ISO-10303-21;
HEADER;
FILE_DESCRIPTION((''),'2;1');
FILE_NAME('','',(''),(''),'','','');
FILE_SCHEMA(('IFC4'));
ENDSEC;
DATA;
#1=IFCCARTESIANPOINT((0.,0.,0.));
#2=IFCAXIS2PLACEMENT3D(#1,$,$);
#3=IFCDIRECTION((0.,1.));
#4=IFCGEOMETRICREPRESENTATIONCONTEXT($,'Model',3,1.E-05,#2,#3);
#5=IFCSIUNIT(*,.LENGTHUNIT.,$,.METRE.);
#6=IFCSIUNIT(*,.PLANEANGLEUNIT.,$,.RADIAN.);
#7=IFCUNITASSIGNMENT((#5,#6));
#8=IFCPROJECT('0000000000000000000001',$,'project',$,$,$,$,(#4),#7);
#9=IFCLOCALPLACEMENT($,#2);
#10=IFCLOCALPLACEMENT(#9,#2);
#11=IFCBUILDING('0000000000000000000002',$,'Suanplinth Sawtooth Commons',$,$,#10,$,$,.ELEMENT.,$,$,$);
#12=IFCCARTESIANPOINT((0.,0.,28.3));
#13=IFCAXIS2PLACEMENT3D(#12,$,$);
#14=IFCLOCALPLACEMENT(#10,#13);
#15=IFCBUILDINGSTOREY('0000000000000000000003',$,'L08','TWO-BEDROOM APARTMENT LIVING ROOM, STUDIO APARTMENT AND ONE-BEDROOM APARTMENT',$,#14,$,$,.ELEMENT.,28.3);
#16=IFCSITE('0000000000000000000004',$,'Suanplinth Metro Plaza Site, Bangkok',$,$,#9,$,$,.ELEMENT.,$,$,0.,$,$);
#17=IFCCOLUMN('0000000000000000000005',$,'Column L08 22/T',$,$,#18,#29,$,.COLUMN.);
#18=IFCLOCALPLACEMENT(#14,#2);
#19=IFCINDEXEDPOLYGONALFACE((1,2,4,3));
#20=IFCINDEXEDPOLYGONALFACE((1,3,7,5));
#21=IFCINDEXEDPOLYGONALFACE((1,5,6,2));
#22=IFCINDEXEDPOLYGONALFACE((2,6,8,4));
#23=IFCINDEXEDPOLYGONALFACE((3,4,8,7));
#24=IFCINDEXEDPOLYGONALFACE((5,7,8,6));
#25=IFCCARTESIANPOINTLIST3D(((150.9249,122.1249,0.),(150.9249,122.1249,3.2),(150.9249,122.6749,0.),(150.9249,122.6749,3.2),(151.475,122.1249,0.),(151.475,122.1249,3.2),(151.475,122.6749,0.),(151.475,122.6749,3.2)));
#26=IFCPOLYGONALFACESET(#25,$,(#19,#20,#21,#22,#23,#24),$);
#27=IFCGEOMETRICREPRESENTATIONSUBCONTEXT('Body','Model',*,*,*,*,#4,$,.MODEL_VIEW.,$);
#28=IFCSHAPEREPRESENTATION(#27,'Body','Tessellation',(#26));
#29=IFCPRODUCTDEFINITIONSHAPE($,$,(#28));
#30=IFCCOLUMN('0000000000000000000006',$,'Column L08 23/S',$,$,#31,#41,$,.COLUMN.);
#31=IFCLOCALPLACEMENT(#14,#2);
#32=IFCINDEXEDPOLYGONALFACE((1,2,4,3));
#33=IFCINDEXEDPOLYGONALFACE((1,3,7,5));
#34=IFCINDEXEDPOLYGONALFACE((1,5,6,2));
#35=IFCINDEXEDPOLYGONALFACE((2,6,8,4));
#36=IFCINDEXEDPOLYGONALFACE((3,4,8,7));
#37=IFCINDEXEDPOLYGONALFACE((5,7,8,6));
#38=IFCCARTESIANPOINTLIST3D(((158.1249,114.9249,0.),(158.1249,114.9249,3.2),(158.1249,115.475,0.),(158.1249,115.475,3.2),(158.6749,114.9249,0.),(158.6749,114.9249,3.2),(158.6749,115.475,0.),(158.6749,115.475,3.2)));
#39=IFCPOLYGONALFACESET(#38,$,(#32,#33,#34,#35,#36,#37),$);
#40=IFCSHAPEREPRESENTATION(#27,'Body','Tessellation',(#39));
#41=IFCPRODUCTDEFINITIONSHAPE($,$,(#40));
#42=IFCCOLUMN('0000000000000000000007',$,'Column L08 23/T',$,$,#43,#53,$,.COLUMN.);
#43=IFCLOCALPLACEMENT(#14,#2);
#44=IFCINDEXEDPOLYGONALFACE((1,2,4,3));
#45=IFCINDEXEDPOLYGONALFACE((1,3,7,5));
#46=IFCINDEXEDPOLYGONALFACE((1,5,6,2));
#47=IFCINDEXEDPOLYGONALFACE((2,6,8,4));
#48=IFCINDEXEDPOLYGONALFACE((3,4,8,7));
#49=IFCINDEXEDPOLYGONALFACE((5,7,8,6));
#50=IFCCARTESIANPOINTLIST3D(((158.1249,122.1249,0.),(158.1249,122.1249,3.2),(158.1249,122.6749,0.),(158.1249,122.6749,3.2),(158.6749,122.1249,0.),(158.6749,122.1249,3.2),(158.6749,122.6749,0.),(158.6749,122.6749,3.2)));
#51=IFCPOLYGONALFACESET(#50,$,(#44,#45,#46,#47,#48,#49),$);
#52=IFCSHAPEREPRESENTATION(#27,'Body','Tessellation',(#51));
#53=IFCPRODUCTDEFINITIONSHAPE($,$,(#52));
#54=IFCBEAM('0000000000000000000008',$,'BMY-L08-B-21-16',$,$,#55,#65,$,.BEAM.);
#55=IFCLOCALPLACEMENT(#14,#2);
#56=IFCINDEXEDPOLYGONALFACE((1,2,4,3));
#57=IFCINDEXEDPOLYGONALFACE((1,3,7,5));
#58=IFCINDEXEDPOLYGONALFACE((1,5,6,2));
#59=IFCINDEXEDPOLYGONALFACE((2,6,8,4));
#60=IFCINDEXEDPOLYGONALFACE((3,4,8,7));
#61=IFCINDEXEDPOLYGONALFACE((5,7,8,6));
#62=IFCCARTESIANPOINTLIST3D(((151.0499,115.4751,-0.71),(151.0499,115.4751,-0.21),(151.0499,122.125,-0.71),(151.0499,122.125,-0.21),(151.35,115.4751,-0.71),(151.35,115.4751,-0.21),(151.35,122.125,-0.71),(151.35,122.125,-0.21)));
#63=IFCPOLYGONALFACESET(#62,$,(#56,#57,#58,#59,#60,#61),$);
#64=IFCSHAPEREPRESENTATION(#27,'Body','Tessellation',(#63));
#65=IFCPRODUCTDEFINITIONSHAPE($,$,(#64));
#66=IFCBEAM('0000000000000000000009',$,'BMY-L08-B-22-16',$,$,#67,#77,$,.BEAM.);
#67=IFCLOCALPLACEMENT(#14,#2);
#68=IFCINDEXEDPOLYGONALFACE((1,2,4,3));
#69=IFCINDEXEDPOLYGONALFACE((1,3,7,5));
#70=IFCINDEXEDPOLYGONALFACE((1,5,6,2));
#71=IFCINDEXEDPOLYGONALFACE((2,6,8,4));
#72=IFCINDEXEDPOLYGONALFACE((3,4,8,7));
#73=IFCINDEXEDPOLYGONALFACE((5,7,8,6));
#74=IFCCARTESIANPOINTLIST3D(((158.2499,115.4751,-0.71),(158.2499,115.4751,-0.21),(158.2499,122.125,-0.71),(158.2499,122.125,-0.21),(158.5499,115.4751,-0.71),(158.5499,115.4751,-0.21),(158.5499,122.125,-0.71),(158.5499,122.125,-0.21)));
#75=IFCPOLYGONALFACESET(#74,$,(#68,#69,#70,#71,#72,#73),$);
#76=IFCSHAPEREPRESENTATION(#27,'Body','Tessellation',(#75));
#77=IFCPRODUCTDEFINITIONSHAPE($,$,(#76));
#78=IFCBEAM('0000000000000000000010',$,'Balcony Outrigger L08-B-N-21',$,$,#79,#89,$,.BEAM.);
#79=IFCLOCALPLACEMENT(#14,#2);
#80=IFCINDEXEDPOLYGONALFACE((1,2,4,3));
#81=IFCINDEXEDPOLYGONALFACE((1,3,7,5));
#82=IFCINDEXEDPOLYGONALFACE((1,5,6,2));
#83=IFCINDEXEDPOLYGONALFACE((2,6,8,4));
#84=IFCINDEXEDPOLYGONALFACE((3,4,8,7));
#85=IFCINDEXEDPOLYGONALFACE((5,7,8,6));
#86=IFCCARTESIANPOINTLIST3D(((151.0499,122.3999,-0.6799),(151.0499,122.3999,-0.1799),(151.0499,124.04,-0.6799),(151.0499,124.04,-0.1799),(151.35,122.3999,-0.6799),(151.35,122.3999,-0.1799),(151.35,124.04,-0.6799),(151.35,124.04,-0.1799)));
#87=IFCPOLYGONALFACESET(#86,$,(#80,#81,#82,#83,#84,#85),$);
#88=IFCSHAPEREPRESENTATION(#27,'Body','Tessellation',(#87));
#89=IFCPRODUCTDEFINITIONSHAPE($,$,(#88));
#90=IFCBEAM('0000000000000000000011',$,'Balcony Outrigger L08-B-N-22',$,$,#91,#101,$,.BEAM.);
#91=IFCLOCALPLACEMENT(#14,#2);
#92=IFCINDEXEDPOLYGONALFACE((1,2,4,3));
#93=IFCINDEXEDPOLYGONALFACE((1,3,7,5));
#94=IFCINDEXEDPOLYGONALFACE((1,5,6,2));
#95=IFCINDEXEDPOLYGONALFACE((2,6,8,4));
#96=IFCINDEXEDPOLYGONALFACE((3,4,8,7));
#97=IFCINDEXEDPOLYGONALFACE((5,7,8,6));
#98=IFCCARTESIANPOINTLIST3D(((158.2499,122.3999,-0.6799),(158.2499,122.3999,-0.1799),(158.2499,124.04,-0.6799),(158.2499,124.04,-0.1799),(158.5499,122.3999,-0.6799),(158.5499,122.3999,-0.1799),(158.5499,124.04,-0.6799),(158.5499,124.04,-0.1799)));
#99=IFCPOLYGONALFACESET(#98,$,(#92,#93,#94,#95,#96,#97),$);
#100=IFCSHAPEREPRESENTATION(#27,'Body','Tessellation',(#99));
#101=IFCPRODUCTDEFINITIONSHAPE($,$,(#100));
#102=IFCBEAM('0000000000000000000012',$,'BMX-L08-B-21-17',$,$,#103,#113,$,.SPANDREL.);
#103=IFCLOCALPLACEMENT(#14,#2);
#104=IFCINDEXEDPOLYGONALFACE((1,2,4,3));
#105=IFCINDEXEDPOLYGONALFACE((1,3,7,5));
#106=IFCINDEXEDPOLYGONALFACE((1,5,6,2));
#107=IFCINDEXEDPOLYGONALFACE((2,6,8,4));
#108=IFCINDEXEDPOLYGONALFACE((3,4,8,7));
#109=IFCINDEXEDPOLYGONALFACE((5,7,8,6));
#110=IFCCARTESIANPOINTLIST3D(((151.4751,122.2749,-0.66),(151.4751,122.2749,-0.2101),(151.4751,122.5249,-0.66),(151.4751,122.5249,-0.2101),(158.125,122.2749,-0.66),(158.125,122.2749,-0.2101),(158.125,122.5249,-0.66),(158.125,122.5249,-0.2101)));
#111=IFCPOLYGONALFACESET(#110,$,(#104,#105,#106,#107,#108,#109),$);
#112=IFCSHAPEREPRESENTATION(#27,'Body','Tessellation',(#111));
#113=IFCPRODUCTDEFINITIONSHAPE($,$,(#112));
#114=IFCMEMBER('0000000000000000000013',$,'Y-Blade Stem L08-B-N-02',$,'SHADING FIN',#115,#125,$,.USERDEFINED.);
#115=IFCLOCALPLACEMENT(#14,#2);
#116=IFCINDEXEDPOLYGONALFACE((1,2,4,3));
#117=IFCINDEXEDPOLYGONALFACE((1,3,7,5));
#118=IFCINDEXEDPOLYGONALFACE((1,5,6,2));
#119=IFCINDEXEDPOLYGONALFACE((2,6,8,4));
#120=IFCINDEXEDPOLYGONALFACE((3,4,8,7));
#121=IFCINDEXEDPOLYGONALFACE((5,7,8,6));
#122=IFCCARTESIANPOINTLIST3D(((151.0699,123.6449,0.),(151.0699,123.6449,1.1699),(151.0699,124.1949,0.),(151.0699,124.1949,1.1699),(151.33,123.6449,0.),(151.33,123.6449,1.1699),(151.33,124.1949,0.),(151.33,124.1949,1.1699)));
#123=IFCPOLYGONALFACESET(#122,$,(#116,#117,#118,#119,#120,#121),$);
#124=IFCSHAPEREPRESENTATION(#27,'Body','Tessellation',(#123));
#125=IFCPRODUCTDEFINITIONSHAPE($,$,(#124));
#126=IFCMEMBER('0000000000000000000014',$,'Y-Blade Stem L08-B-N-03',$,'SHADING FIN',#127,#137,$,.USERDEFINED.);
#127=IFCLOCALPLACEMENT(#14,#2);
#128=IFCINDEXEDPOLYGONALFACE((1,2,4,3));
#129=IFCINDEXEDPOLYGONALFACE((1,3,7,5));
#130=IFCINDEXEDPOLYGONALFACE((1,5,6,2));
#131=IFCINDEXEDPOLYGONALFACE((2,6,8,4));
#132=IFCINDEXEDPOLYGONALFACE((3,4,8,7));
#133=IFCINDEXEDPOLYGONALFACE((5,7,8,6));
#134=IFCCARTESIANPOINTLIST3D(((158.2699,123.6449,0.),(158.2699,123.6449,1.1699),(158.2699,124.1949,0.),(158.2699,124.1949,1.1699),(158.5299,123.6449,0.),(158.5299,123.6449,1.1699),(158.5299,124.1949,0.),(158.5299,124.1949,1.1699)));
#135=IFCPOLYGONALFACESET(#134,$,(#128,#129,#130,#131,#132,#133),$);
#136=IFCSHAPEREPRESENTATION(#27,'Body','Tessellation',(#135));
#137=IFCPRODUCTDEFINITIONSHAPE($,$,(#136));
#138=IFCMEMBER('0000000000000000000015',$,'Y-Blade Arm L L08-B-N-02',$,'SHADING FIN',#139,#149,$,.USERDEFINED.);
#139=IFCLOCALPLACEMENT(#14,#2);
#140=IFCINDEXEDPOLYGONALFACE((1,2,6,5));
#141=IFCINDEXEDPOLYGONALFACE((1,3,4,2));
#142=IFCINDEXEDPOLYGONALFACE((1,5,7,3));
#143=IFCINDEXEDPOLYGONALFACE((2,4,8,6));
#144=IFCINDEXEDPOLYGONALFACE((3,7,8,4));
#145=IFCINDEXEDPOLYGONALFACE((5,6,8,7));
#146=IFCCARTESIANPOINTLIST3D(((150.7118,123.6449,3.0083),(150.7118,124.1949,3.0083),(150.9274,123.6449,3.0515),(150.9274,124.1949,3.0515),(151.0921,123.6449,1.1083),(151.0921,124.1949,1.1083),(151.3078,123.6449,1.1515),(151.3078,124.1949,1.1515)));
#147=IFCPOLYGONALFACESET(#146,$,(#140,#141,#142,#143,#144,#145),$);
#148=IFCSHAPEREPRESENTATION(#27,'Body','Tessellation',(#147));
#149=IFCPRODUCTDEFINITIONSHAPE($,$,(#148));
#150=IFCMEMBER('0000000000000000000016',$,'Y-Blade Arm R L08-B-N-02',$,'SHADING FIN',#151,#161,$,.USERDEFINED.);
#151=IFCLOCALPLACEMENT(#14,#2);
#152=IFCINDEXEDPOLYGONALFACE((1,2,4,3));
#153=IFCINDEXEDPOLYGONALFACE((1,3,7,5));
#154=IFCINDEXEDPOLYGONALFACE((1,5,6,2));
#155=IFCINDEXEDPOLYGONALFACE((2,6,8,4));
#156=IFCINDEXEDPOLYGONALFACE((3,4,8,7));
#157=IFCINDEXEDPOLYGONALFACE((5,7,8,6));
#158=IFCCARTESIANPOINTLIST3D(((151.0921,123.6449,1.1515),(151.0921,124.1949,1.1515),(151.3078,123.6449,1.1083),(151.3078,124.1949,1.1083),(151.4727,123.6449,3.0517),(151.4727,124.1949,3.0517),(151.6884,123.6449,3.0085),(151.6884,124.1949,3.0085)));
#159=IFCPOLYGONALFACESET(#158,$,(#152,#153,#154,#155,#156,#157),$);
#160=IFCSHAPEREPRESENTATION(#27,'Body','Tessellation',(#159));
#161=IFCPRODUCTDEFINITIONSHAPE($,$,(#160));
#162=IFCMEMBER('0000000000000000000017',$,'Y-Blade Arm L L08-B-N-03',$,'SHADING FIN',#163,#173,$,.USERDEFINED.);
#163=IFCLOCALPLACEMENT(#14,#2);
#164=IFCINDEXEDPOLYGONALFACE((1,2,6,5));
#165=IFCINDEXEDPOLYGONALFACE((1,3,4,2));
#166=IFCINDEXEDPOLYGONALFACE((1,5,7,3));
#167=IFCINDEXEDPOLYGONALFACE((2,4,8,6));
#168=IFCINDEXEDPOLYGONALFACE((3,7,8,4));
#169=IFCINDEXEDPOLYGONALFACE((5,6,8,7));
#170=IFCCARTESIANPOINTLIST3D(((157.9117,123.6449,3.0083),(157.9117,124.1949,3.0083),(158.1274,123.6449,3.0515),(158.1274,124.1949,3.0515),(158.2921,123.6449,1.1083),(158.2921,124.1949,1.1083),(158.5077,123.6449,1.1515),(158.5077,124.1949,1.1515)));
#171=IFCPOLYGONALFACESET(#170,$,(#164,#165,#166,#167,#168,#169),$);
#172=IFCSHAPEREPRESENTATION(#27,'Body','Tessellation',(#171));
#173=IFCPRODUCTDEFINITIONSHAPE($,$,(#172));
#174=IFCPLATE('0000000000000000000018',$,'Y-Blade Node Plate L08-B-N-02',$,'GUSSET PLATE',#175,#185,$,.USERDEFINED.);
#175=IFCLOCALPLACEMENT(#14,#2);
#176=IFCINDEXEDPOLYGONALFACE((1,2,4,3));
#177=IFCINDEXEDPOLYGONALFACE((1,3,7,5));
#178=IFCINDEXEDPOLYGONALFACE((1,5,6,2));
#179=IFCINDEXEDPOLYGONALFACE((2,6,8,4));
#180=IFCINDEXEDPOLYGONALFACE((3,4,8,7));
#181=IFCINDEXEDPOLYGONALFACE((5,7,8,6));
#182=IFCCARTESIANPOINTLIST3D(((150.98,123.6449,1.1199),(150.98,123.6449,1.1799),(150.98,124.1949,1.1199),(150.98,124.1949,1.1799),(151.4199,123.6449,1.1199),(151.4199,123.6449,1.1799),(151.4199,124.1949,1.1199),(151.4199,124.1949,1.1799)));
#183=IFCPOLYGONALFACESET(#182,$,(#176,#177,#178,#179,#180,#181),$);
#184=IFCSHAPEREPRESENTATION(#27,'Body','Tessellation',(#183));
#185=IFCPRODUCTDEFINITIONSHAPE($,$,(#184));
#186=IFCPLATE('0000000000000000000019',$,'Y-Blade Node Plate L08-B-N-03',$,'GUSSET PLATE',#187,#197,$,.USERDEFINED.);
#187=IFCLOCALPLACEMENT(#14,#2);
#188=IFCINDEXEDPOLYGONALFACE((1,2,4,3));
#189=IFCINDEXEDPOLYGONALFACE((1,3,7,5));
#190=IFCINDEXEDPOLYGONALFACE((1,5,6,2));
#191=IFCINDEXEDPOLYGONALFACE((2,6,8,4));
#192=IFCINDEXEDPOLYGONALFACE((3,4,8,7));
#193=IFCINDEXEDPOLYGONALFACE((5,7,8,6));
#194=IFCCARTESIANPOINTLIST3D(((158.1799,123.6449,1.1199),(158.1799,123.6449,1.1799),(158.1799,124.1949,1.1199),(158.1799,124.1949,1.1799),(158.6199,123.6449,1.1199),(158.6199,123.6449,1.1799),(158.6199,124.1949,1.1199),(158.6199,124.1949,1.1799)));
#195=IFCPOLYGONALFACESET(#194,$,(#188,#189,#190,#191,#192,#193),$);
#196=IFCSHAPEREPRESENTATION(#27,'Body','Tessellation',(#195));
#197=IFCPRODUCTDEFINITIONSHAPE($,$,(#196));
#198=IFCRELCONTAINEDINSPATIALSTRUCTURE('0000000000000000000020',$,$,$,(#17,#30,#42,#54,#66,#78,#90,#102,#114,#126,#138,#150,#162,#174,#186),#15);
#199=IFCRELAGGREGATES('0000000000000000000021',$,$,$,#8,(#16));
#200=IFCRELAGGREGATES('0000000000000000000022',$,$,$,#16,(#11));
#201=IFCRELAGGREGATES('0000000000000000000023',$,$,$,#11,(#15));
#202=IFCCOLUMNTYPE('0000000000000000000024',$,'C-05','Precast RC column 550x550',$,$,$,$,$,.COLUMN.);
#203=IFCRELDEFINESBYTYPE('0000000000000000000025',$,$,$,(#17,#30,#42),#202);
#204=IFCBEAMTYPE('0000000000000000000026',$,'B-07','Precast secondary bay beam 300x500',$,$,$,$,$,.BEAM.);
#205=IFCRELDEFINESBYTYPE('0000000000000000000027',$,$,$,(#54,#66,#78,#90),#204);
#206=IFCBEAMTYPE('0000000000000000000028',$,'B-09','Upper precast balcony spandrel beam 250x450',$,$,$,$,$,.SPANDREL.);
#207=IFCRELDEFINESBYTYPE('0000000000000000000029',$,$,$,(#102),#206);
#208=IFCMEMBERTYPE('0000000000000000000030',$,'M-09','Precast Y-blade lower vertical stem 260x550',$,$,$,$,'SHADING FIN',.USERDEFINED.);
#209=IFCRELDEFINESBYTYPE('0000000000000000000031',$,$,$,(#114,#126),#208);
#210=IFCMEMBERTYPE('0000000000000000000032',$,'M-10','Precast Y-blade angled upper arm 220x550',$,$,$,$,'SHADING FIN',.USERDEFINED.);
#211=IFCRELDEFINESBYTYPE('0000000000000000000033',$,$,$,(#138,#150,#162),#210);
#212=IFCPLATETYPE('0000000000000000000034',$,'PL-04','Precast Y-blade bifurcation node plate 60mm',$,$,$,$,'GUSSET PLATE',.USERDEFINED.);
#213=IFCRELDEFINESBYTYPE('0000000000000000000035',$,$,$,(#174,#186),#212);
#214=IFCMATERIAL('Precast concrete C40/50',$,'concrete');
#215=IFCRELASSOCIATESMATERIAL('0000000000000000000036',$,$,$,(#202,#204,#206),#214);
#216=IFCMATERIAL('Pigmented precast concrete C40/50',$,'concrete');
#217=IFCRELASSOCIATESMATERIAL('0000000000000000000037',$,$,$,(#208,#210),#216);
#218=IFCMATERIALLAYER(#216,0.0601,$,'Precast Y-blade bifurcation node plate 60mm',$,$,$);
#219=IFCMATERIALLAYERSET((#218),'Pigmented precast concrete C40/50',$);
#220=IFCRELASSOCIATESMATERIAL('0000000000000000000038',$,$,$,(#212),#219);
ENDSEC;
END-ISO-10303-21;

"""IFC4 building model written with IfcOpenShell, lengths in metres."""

from ifc_helpers import new_model, si_unit, direction, frame, origin, origin_2d, place, context, subcontext, project, spatial, rectangle, extrude, material, layer, layer_set, material_profile, profile_set, type_object, element, save


model = new_model("IFC4")

# Units and contexts
model_context = context("Model", 3, precision=1e-05, world=origin(), true_north=direction((0.0, 1.0)))
body_context = subcontext(model_context, "Body", "Model", "MODEL_VIEW")
ifc_project = project(units=[si_unit("LENGTHUNIT", "METRE"), si_unit("PLANEANGLEUNIT", "RADIAN")], contexts=[model_context])

# Site, building, storey
site_placement = place(None, origin())
site = spatial("IfcSite", under=ifc_project, at=site_placement, Name="Suanplinth Metro Plaza Site, Bangkok", CompositionType="ELEMENT", RefElevation=0.0)
building_placement = place(site_placement, origin())
building = spatial("IfcBuilding", under=site, at=building_placement, Name="Suanplinth Sawtooth Commons", CompositionType="ELEMENT")
storey_placement = place(building_placement, frame((0.0, 0.0, 28.3)))
storey = spatial("IfcBuildingStorey", under=building, at=storey_placement, Name="L08", Description="TWO-BEDROOM APARTMENT LIVING ROOM, STUDIO APARTMENT AND ONE-BEDROOM APARTMENT", CompositionType="ELEMENT", Elevation=28.3)

# Columns
ifc_material_1 = material(Name="Precast concrete C40/50", Category="concrete")
ifc_material_profile_1 = material_profile(ifc_material_1, rectangle(XDim=0.55, YDim=0.55, at=origin_2d()), Name="PC-COL 550x550")
ifc_profile_set_1 = profile_set([ifc_material_profile_1], Name="Precast concrete C40/50")
column_type = type_object("IfcColumnType", Name="C-05", Description="Precast RC column 550x550", PredefinedType="COLUMN", material=ifc_profile_set_1)
for number, where, z_axis, x_axis, name in (
    (1, (151.2, 122.3999, 0.0), (0.0, 0.0, 1.0), (1.0, 0.0, 0.0), "Column L08 22/T"),
    (2, (158.3999, 115.2, 0.0), (0.0, 0.0, 1.0), (1.0, 0.0, 0.0), "Column L08 23/S"),
    (3, (158.3999, 122.3999, 0.0), (0.0, 0.0, 1.0), (1.0, 0.0, 0.0), "Column L08 23/T"),
):
    element("IfcColumn", number, at=place(storey_placement, frame(where, z_axis=z_axis, x_axis=x_axis)), inside=storey, type_object=column_type, Name=name, PredefinedType="COLUMN", context=body_context, shape_type="SweptSolid", body=[
        extrude(rectangle(XDim=0.55, YDim=0.55, at=origin_2d()), origin(), (0.0, 0.0, 1.0), 3.2),
    ])

# Beams
ifc_material_profile_2 = material_profile(ifc_material_1, rectangle(XDim=0.3, YDim=0.5, at=origin_2d()), Name="PC-BM 300x500")
ifc_profile_set_2 = profile_set([ifc_material_profile_2], Name="Precast concrete C40/50")
beam_type_1 = type_object("IfcBeamType", Name="B-07", Description="Precast secondary bay beam 300x500", PredefinedType="BEAM", material=ifc_profile_set_2)
for number, where, z_axis, x_axis, name in (
    (4, (151.2, 115.4751, -0.46), (0.0, 1.0, 0.0), (-1.0, 0.0, 0.0), "BMY-L08-B-21-16"),
    (5, (158.3999, 115.4751, -0.46), (0.0, 1.0, 0.0), (-1.0, 0.0, 0.0), "BMY-L08-B-22-16"),
):
    element("IfcBeam", number, at=place(storey_placement, frame(where, z_axis=z_axis, x_axis=x_axis)), inside=storey, type_object=beam_type_1, Name=name, PredefinedType="BEAM", context=body_context, shape_type="SweptSolid", body=[
        extrude(rectangle(XDim=0.3, YDim=0.5, at=origin_2d()), origin(), (0.0, 0.0, 1.0), 6.6499),
    ])
for number, where, z_axis, x_axis, name in (
    (6, (151.2, 122.3999, -0.4299), (0.0, 1.0, 0.0), (-1.0, 0.0, 0.0), "Balcony Outrigger L08-B-N-21"),
    (7, (158.3999, 122.3999, -0.4299), (0.0, 1.0, 0.0), (-1.0, 0.0, 0.0), "Balcony Outrigger L08-B-N-22"),
):
    element("IfcBeam", number, at=place(storey_placement, frame(where, z_axis=z_axis, x_axis=x_axis)), inside=storey, type_object=beam_type_1, Name=name, PredefinedType="BEAM", context=body_context, shape_type="SweptSolid", body=[
        extrude(rectangle(XDim=0.3, YDim=0.5, at=origin_2d()), origin(), (0.0, 0.0, 1.0), 1.6401),
    ])
ifc_material_profile_3 = material_profile(ifc_material_1, rectangle(XDim=0.25, YDim=0.45, at=origin_2d()), Name="PC-SP 250x450")
ifc_profile_set_3 = profile_set([ifc_material_profile_3], Name="Precast concrete C40/50")
beam_type_2 = type_object("IfcBeamType", Name="B-09", Description="Upper precast balcony spandrel beam 250x450", PredefinedType="SPANDREL", material=ifc_profile_set_3)
beam_placement = place(storey_placement, frame((151.4751, 122.3999, -0.4351), z_axis=(1.0, 0.0, 0.0), x_axis=(0.0, 1.0, 0.0)))
element("IfcBeam", 8, at=beam_placement, inside=storey, type_object=beam_type_2, Name="BMX-L08-B-21-17", PredefinedType="SPANDREL", context=body_context, shape_type="SweptSolid", body=[
    extrude(rectangle(XDim=0.25, YDim=0.45, at=origin_2d()), origin(), (0.0, 0.0, 1.0), 6.6499),
])

# Members
ifc_material_2 = material(Name="Pigmented precast concrete C40/50", Category="concrete")
ifc_material_profile_4 = material_profile(ifc_material_2, rectangle(XDim=0.26, YDim=0.55, at=origin_2d()), Name="PC-FIN 260x550")
ifc_profile_set_4 = profile_set([ifc_material_profile_4], Name="Pigmented precast concrete C40/50")
member_type_1 = type_object("IfcMemberType", Name="M-09", Description="Precast Y-blade lower vertical stem 260x550", ElementType="SHADING FIN", PredefinedType="USERDEFINED", material=ifc_profile_set_4)
for number, where, z_axis, x_axis, name in (
    (9, (151.2, 123.9199, 0.0), (0.0, 0.0, 1.0), (1.0, 0.0, 0.0), "Y-Blade Stem L08-B-N-02"),
    (10, (158.3999, 123.9199, 0.0), (0.0, 0.0, 1.0), (1.0, 0.0, 0.0), "Y-Blade Stem L08-B-N-03"),
):
    element("IfcMember", number, at=place(storey_placement, frame(where, z_axis=z_axis, x_axis=x_axis)), inside=storey, type_object=member_type_1, Name=name, ObjectType="SHADING FIN", PredefinedType="USERDEFINED", context=body_context, shape_type="SweptSolid", body=[
        extrude(rectangle(XDim=0.26, YDim=0.55, at=origin_2d()), origin(), (0.0, 0.0, 1.0), 1.1699),
    ])
ifc_material_profile_5 = material_profile(ifc_material_2, rectangle(XDim=0.22, YDim=0.55, at=origin_2d()), Name="PC-FIN 220x550")
ifc_profile_set_5 = profile_set([ifc_material_profile_5], Name="Pigmented precast concrete C40/50")
member_type_2 = type_object("IfcMemberType", Name="M-10", Description="Precast Y-blade angled upper arm 220x550", ElementType="SHADING FIN", PredefinedType="USERDEFINED", material=ifc_profile_set_5)
member_1_placement = place(storey_placement, frame((151.2, 123.9199, 1.1299), z_axis=(-0.196286, 0.0, 0.980547), x_axis=(0.980547, 0.0, 0.196286)))
element("IfcMember", 11, at=member_1_placement, inside=storey, type_object=member_type_2, Name="Y-Blade Arm L L08-B-N-02", ObjectType="SHADING FIN", PredefinedType="USERDEFINED", context=body_context, shape_type="SweptSolid", body=[
    extrude(rectangle(XDim=0.22, YDim=0.55, at=origin_2d()), origin(), (0.0, 0.0, 1.0), 1.9377),
])
member_2_placement = place(storey_placement, frame((151.2, 123.9199, 1.1299), z_axis=(0.196407, 0.0, 0.980522), x_axis=(-0.980522, 0.0, 0.196407)))
element("IfcMember", 12, at=member_2_placement, inside=storey, type_object=member_type_2, Name="Y-Blade Arm R L08-B-N-02", ObjectType="SHADING FIN", PredefinedType="USERDEFINED", context=body_context, shape_type="SweptSolid", body=[
    extrude(rectangle(XDim=0.22, YDim=0.55, at=origin_2d()), origin(), (0.0, 0.0, 1.0), 1.938),
])
member_3_placement = place(storey_placement, frame((158.3999, 123.9199, 1.1299), z_axis=(-0.196286, 0.0, 0.980547), x_axis=(0.980547, 0.0, 0.196286)))
element("IfcMember", 13, at=member_3_placement, inside=storey, type_object=member_type_2, Name="Y-Blade Arm L L08-B-N-03", ObjectType="SHADING FIN", PredefinedType="USERDEFINED", context=body_context, shape_type="SweptSolid", body=[
    extrude(rectangle(XDim=0.22, YDim=0.55, at=origin_2d()), origin(), (0.0, 0.0, 1.0), 1.9377),
])

# Plates
ifc_layer_1 = layer(ifc_material_2, 0.0601, Name="Precast Y-blade bifurcation node plate 60mm")
ifc_layer_set_1 = layer_set([ifc_layer_1], Name="Pigmented precast concrete C40/50")
plate_type = type_object("IfcPlateType", Name="PL-04", Description="Precast Y-blade bifurcation node plate 60mm", ElementType="GUSSET PLATE", PredefinedType="USERDEFINED", material=ifc_layer_set_1)
for number, where, z_axis, x_axis, name in (
    (14, (151.2, 123.9199, 1.1199), (0.0, 0.0, 1.0), (1.0, 0.0, 0.0), "Y-Blade Node Plate L08-B-N-02"),
    (15, (158.3999, 123.9199, 1.1199), (0.0, 0.0, 1.0), (1.0, 0.0, 0.0), "Y-Blade Node Plate L08-B-N-03"),
):
    element("IfcPlate", number, at=place(storey_placement, frame(where, z_axis=z_axis, x_axis=x_axis)), inside=storey, type_object=plate_type, Name=name, ObjectType="GUSSET PLATE", PredefinedType="USERDEFINED", context=body_context, shape_type="SweptSolid", body=[
        extrude(rectangle(XDim=0.4399, YDim=0.55, at=origin_2d()), origin(), (0.0, 0.0, 1.0), 0.0601),
    ])

save(model, "model.ifc")
